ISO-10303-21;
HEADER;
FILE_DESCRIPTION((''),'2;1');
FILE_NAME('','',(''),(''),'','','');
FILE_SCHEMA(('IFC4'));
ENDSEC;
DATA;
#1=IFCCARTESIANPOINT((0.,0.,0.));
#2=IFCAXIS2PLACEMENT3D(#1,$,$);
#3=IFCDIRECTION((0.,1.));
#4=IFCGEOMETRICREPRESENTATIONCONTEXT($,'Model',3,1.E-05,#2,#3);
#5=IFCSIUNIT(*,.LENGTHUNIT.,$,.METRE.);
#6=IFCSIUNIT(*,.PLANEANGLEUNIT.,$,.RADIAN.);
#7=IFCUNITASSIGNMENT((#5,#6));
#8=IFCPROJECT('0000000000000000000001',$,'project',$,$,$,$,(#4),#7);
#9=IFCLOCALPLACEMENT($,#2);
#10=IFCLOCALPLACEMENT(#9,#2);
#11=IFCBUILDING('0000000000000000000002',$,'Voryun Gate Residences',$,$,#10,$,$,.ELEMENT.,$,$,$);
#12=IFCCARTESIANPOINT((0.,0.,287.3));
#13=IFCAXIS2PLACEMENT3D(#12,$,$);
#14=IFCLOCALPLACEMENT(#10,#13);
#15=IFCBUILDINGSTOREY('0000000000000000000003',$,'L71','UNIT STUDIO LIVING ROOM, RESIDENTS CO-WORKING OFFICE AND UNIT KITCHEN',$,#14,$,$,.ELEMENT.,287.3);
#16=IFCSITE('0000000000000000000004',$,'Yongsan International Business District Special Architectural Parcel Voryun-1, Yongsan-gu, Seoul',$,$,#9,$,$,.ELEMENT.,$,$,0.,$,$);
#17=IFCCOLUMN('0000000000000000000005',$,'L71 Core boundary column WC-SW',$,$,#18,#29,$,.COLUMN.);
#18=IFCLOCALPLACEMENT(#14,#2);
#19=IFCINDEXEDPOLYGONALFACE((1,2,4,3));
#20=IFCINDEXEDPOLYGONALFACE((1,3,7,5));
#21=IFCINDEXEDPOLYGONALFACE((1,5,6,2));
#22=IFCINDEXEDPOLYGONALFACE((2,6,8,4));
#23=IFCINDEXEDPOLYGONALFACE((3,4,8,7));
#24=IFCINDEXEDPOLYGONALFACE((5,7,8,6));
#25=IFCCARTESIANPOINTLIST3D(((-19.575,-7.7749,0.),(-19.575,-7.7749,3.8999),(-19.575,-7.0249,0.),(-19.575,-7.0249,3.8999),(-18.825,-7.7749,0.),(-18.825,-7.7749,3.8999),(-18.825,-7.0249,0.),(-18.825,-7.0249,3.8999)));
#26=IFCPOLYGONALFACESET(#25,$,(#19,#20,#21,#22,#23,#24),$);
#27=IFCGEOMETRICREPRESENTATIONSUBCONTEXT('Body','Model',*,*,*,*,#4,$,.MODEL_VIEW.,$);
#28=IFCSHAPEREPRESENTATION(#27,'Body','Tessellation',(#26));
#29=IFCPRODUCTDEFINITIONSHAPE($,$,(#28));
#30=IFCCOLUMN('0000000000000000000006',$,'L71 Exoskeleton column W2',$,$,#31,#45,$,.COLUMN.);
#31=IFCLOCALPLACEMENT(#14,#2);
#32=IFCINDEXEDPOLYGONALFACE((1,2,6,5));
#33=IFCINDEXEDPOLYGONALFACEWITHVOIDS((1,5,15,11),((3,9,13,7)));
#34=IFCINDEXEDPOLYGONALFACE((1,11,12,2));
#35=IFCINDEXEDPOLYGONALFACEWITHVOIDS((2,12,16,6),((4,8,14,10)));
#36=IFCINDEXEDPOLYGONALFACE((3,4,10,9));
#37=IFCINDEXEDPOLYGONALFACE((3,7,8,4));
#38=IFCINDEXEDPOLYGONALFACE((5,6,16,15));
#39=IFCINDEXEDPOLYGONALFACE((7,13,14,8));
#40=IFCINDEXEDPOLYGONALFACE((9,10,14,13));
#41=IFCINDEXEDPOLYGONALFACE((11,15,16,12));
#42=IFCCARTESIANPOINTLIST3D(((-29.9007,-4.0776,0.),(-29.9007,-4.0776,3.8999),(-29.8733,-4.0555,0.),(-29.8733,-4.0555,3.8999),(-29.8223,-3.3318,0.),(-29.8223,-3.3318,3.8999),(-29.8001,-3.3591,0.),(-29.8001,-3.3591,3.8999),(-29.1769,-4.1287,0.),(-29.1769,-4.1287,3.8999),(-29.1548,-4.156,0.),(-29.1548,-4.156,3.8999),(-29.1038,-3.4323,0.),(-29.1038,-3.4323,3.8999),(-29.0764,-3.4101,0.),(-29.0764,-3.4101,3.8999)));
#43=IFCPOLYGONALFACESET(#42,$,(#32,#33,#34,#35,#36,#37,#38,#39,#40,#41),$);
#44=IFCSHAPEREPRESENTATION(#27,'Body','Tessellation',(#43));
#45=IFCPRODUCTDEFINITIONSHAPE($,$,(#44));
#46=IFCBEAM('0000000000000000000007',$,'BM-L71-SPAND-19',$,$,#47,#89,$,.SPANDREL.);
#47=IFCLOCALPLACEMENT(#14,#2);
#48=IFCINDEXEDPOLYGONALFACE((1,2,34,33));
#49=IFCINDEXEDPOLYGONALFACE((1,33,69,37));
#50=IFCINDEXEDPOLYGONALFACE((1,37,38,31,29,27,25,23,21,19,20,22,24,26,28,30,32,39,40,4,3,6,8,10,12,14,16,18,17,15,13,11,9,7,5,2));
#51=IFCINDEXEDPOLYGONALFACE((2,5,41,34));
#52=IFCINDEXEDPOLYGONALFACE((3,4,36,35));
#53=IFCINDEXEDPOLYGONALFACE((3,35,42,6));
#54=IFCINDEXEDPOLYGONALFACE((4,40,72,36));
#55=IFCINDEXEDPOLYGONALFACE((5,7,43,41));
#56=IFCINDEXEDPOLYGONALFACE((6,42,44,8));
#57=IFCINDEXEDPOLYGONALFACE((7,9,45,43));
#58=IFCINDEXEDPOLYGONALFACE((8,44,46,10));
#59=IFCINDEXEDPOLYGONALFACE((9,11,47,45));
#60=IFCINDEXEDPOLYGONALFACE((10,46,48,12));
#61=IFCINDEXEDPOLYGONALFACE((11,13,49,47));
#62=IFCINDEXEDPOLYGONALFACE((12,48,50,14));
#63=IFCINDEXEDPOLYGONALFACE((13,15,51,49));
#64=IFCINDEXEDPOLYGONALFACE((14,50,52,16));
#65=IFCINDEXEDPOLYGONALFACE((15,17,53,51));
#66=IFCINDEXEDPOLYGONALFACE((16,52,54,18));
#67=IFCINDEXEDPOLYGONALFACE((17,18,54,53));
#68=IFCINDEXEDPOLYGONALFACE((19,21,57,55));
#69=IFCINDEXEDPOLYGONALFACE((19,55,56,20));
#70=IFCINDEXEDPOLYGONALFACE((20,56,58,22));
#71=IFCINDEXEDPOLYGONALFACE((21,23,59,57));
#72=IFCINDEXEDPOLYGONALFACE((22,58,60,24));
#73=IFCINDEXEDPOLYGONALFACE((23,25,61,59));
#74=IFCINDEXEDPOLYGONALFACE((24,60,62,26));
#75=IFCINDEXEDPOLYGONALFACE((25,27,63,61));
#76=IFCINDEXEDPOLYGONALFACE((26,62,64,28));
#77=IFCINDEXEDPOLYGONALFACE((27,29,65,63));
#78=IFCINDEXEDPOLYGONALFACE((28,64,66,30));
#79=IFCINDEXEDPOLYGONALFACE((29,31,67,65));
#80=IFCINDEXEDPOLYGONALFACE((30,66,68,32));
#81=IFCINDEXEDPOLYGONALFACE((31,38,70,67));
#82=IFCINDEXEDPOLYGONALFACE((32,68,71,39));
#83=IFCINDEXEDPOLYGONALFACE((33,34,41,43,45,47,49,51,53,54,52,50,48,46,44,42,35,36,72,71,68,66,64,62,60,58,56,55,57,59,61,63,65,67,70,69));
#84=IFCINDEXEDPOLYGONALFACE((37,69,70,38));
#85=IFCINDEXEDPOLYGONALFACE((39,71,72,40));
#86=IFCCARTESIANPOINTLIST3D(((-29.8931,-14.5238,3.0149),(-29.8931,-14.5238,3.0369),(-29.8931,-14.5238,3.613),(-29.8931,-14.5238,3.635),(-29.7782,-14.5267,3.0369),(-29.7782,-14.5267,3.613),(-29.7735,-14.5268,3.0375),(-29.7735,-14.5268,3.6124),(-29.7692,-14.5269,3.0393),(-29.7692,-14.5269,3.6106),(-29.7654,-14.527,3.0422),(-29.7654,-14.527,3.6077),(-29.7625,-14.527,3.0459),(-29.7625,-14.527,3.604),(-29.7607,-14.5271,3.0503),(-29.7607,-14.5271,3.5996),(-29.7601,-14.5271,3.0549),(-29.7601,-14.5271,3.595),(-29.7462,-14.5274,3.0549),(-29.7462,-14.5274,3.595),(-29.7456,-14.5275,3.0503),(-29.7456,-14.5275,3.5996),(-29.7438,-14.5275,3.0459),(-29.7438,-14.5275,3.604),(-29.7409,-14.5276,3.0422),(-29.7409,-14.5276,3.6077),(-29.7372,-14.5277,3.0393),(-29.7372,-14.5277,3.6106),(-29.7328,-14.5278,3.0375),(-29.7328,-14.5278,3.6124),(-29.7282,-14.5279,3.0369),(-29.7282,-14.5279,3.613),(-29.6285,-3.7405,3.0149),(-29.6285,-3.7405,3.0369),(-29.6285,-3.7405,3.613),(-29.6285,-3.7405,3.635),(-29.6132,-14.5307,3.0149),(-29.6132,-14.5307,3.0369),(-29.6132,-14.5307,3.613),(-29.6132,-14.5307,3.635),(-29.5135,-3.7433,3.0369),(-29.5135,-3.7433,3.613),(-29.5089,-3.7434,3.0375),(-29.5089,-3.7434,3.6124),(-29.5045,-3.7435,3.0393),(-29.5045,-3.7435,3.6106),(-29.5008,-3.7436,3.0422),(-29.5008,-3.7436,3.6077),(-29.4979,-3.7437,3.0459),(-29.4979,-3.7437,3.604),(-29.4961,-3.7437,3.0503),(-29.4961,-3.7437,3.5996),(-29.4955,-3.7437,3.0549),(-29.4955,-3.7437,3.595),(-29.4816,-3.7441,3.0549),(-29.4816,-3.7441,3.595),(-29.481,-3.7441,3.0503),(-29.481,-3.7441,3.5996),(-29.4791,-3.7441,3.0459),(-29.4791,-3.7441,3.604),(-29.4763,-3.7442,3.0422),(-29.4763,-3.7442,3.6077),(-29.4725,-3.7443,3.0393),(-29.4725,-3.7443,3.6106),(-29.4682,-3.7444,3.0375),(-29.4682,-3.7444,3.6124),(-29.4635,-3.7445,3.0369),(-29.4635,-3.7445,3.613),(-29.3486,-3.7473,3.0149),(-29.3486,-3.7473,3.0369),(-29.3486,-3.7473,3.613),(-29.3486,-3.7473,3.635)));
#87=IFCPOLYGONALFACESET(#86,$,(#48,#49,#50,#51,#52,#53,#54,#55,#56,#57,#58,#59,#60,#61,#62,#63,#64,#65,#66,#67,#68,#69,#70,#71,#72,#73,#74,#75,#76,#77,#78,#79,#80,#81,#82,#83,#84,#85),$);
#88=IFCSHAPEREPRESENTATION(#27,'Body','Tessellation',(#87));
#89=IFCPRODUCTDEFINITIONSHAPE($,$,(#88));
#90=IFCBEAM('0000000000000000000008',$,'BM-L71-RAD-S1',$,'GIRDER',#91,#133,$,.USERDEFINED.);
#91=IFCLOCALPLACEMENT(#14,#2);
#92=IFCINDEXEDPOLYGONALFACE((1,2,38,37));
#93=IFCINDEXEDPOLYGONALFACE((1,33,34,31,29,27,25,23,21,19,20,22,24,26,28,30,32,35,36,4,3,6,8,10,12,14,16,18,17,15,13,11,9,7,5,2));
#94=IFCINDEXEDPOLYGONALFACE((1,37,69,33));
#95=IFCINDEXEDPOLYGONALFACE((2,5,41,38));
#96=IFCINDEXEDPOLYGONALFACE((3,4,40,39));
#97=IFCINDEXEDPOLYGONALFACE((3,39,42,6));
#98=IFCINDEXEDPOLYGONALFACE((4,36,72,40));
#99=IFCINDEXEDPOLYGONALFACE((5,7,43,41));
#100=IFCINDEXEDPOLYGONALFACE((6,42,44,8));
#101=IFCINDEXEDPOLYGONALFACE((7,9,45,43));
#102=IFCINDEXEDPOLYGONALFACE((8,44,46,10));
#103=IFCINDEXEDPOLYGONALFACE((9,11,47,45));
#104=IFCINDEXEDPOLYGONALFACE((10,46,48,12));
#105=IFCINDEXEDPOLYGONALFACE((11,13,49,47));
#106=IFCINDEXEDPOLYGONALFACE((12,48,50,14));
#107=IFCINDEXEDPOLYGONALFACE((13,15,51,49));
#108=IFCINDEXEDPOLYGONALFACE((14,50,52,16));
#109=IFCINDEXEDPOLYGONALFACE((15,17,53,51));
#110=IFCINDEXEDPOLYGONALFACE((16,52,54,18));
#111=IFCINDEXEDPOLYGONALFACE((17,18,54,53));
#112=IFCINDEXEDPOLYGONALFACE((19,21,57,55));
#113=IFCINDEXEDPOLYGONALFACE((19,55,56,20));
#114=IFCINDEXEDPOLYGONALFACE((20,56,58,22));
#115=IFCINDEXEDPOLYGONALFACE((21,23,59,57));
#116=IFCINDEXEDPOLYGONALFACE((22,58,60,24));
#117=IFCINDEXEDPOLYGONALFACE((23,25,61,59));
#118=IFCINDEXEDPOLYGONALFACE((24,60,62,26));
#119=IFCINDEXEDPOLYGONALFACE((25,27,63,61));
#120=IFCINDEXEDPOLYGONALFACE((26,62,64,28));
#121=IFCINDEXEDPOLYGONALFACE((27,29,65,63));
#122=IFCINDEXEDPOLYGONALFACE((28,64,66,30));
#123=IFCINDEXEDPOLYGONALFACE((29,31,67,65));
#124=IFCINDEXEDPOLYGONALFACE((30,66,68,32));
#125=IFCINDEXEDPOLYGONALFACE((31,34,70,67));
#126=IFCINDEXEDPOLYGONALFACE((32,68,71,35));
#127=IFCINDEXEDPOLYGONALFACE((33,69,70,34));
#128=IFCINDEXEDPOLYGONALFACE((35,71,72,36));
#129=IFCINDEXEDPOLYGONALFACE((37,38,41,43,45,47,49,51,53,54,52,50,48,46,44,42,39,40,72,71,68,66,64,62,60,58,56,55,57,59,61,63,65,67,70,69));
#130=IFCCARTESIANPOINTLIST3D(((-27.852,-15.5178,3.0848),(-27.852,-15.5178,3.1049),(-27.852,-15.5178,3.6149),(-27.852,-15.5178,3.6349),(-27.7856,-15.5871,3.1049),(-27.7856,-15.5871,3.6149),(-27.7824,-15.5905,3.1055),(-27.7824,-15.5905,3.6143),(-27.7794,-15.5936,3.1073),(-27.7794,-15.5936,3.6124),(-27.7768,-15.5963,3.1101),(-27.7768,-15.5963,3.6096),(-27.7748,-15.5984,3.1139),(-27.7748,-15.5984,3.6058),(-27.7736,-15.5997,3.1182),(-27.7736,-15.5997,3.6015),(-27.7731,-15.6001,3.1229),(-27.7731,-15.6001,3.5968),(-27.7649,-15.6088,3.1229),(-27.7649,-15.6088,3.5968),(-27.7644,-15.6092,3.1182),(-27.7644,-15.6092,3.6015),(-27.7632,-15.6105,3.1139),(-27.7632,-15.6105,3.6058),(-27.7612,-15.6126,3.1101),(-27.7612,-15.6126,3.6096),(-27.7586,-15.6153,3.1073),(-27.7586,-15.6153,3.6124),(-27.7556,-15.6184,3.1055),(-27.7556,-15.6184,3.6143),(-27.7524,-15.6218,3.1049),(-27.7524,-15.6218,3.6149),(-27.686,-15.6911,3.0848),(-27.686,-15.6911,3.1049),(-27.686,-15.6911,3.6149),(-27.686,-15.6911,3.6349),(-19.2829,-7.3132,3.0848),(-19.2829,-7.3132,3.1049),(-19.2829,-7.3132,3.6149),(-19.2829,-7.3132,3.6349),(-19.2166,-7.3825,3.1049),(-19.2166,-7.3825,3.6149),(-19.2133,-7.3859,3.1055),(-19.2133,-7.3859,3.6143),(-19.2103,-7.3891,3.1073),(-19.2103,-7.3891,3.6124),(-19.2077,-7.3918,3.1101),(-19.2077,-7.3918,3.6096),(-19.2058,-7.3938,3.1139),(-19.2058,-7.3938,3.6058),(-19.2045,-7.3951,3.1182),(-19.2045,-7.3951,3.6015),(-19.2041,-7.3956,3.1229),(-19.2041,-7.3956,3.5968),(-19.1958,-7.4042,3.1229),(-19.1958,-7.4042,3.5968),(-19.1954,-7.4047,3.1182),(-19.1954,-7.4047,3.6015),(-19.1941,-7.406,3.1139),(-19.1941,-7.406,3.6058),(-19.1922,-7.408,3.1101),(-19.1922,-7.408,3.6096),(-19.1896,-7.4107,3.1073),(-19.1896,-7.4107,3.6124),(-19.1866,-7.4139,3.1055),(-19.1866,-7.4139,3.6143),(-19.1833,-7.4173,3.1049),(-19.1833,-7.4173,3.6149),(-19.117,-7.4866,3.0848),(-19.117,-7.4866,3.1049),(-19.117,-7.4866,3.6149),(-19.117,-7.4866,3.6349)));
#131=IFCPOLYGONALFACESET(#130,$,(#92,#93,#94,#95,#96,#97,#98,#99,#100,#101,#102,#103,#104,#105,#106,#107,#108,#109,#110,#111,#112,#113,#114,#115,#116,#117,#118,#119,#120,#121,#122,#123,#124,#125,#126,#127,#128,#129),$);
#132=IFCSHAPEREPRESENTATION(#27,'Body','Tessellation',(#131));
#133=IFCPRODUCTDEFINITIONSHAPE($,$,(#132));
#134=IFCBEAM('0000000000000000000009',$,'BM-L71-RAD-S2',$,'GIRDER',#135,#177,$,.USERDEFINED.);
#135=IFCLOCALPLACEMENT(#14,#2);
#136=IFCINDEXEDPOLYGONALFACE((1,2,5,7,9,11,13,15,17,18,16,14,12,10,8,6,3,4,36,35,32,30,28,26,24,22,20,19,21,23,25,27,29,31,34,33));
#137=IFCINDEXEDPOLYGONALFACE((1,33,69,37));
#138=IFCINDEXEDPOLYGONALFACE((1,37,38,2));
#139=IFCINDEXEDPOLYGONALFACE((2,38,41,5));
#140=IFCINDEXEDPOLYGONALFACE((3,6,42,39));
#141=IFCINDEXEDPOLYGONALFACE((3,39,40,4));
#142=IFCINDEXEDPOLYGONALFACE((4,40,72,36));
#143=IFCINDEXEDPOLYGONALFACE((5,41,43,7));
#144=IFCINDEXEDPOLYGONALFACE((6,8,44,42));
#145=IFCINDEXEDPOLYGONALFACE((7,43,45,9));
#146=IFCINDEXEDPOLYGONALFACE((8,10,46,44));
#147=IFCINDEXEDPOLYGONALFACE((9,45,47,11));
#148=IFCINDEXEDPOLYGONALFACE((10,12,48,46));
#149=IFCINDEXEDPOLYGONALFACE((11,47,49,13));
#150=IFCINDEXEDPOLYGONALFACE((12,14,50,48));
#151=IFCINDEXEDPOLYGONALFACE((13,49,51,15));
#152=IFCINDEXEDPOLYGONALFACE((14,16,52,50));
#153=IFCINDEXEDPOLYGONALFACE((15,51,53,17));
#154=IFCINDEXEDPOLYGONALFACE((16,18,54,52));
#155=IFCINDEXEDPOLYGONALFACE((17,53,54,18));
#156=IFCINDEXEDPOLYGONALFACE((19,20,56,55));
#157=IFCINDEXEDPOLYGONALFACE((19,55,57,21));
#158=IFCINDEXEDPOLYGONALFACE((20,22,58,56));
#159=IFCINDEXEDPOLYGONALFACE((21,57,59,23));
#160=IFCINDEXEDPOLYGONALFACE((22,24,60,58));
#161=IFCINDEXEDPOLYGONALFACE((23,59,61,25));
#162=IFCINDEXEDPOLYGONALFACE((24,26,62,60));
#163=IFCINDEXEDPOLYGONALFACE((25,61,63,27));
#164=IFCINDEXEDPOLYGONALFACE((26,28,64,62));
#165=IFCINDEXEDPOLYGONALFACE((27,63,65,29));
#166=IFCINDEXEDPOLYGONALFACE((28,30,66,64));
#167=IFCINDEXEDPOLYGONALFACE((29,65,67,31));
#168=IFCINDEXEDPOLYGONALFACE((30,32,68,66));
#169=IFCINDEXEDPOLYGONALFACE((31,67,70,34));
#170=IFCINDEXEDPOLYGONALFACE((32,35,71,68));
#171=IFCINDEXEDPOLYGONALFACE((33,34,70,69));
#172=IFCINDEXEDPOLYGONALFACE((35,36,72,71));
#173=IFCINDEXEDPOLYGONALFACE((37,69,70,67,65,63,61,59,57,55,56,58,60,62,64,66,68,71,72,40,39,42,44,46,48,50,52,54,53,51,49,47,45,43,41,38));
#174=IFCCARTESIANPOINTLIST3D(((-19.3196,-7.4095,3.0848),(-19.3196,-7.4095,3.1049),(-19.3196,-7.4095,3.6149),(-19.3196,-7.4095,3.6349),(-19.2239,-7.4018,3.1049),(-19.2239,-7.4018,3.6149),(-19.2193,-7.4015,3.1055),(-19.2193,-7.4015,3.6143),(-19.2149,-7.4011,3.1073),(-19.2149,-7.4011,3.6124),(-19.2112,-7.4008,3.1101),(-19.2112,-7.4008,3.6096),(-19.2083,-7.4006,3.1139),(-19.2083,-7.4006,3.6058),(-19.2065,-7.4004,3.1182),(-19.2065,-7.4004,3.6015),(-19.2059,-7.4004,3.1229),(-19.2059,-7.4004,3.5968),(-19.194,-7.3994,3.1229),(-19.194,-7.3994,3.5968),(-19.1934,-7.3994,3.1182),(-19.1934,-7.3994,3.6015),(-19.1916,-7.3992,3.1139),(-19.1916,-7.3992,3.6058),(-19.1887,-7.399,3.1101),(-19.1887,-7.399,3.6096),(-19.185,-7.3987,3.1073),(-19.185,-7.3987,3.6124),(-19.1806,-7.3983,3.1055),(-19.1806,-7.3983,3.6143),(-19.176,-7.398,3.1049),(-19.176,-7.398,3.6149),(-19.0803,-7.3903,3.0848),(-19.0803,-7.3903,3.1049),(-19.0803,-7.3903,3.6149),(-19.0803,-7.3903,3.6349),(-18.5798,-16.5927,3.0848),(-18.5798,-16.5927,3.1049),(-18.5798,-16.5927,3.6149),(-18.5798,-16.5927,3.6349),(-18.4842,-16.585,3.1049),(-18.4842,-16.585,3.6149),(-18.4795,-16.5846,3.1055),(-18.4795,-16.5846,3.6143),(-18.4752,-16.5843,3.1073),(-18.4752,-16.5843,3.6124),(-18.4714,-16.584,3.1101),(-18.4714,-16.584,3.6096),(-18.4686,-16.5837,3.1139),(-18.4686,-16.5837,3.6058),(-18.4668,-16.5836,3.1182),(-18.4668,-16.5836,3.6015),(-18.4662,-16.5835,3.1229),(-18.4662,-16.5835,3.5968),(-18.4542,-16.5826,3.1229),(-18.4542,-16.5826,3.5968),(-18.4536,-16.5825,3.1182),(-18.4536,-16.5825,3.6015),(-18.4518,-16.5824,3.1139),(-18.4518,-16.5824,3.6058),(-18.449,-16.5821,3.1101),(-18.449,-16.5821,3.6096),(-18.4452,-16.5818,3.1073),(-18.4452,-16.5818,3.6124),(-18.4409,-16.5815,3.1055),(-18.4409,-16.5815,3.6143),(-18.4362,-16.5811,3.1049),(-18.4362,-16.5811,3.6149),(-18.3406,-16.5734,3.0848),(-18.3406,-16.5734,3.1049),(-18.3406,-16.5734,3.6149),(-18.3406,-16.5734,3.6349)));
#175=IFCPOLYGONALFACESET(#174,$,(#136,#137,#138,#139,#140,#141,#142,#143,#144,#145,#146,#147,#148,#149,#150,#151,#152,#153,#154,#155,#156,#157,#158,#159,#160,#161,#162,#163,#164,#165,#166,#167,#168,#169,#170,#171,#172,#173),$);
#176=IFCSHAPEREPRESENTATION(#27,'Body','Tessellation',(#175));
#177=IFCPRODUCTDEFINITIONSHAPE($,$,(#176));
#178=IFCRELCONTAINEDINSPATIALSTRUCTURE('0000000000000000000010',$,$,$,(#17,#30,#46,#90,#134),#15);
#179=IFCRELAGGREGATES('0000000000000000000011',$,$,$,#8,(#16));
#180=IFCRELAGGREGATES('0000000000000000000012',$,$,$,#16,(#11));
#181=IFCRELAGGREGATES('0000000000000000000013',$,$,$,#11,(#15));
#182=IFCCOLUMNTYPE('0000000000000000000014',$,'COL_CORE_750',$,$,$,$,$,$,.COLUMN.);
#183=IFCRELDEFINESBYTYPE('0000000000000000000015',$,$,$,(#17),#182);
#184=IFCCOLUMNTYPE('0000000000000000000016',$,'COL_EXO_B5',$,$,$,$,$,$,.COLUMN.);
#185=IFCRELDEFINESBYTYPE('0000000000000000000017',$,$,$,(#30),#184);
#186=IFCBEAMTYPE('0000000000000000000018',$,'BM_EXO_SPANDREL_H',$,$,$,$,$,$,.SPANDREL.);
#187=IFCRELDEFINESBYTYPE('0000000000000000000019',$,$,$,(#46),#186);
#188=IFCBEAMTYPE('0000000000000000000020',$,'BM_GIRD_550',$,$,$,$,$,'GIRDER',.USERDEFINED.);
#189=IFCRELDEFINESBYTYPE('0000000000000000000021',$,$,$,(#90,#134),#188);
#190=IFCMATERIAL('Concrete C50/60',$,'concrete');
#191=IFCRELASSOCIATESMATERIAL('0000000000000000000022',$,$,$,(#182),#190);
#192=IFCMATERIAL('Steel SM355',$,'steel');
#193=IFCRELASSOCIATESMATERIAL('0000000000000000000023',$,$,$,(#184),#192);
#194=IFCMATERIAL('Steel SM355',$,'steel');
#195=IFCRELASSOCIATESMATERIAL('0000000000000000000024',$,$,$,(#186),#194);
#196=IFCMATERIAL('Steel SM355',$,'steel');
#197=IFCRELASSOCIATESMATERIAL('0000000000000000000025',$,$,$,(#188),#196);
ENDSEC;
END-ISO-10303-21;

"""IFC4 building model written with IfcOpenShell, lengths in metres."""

from ifc_helpers import new_model, si_unit, direction, frame, origin, origin_2d, place, context, subcontext, project, spatial, rectangle, hollow_rectangle, i_section, extrude, material, material_profile, profile_set, type_object, element, save


model = new_model("IFC4")

# Units and contexts
model_context = context("Model", 3, precision=1e-05, world=origin(), true_north=direction((0.0, 1.0)))
body_context = subcontext(model_context, "Body", "Model", "MODEL_VIEW")
ifc_project = project(units=[si_unit("LENGTHUNIT", "METRE"), si_unit("PLANEANGLEUNIT", "RADIAN")], contexts=[model_context])

# Site, building, storey
site_placement = place(None, origin())
site = spatial("IfcSite", under=ifc_project, at=site_placement, Name="Yongsan International Business District Special Architectural Parcel Voryun-1, Yongsan-gu, Seoul", CompositionType="ELEMENT", RefElevation=0.0)
building_placement = place(site_placement, origin())
building = spatial("IfcBuilding", under=site, at=building_placement, Name="Voryun Gate Residences", CompositionType="ELEMENT")
storey_placement = place(building_placement, frame((0.0, 0.0, 287.3)))
storey = spatial("IfcBuildingStorey", under=building, at=storey_placement, Name="L71", Description="UNIT STUDIO LIVING ROOM, RESIDENTS CO-WORKING OFFICE AND UNIT KITCHEN", CompositionType="ELEMENT", Elevation=287.3)

# Columns
ifc_material_1 = material(Name="Concrete C50/60", Category="concrete")
ifc_material_profile_1 = material_profile(ifc_material_1, rectangle(XDim=0.75, YDim=0.75, at=origin_2d()), Name="RC-750x750")
ifc_profile_set_1 = profile_set([ifc_material_profile_1], Name="Concrete C50/60")
column_type_1 = type_object("IfcColumnType", Name="COL_CORE_750", PredefinedType="COLUMN", material=ifc_profile_set_1)
column_1_placement = place(storey_placement, frame((-19.2, -7.3999, 0.0), z_axis=(0.0, 0.0, 1.0), x_axis=(1.0, 0.0, 0.0)))
element("IfcColumn", 1, at=column_1_placement, inside=storey, type_object=column_type_1, Name="L71 Core boundary column WC-SW", PredefinedType="COLUMN", context=body_context, shape_type="SweptSolid", body=[
    extrude(rectangle(XDim=0.75, YDim=0.75, at=origin_2d()), origin(), (0.0, 0.0, 1.0), 3.8999),
])
ifc_material_2 = material(Name="Steel SM355", Category="steel")
ifc_material_profile_2 = material_profile(ifc_material_2, hollow_rectangle(XDim=0.75, YDim=0.75, WallThickness=0.0249, at=origin_2d()), Name="BOX-750x750x25")
ifc_profile_set_2 = profile_set([ifc_material_profile_2], Name="Steel SM355")
column_type_2 = type_object("IfcColumnType", Name="COL_EXO_B5", PredefinedType="COLUMN", material=ifc_profile_set_2)
column_2_placement = place(storey_placement, frame((-29.4885, -3.7439, 0.0), z_axis=(0.0, 0.0, 1.0), x_axis=(0.994522, -0.104528, 0.0)))
element("IfcColumn", 2, at=column_2_placement, inside=storey, type_object=column_type_2, Name="L71 Exoskeleton column W2", PredefinedType="COLUMN", context=body_context, shape_type="SweptSolid", body=[
    extrude(hollow_rectangle(XDim=0.75, YDim=0.75, WallThickness=0.0249, at=origin_2d()), origin(), (0.0, 0.0, 1.0), 3.8999),
])

# Beams
ifc_material_3 = material(Name="Steel SM355", Category="steel")
ifc_material_profile_3 = material_profile(ifc_material_3, i_section(OverallWidth=0.28, OverallDepth=0.6201, WebThickness=0.0139, FlangeThickness=0.022, FilletRadius=0.0181, at=origin_2d()), Name="H-620x280x14x22")
ifc_profile_set_3 = profile_set([ifc_material_profile_3], Name="Steel SM355")
beam_type_1 = type_object("IfcBeamType", Name="BM_EXO_SPANDREL_H", PredefinedType="SPANDREL", material=ifc_profile_set_3)
beam_1_placement = place(storey_placement, frame((-29.4885, -3.7439, 3.325), z_axis=(-0.024535, -0.999699, 0.0), x_axis=(0.999699, -0.024535, 0.0)))
element("IfcBeam", 3, at=beam_1_placement, inside=storey, type_object=beam_type_1, Name="BM-L71-SPAND-19", PredefinedType="SPANDREL", context=body_context, shape_type="SweptSolid", body=[
    extrude(i_section(OverallWidth=0.28, OverallDepth=0.6201, WebThickness=0.0139, FlangeThickness=0.022, FilletRadius=0.0181, at=origin_2d()), origin(), (0.0, 0.0, 1.0), 10.7866),
])
ifc_material_4 = material(Name="Steel SM355", Category="steel")
ifc_material_profile_4 = material_profile(ifc_material_4, i_section(OverallWidth=0.24, OverallDepth=0.55, WebThickness=0.012, FlangeThickness=0.02, FilletRadius=0.0181, at=origin_2d()), Name="H-550x240x12x20")
ifc_profile_set_4 = profile_set([ifc_material_profile_4], Name="Steel SM355")
beam_type_2 = type_object("IfcBeamType", Name="BM_GIRD_550", ElementType="GIRDER", PredefinedType="USERDEFINED", material=ifc_profile_set_4)
beam_2_placement = place(storey_placement, frame((-19.2, -7.3999, 3.3599), z_axis=(-0.722302, -0.691578, 0.0), x_axis=(0.691578, -0.722302, 0.0)))
element("IfcBeam", 4, at=beam_2_placement, inside=storey, type_object=beam_type_2, Name="BM-L71-RAD-S1", ObjectType="GIRDER", PredefinedType="USERDEFINED", context=body_context, shape_type="SweptSolid", body=[
    extrude(i_section(OverallWidth=0.24, OverallDepth=0.55, WebThickness=0.012, FlangeThickness=0.02, FilletRadius=0.0181, at=origin_2d()), origin(), (0.0, 0.0, 1.0), 11.8635),
])
beam_3_placement = place(storey_placement, frame((-19.2, -7.3999, 3.3599), z_axis=(0.080295, -0.996771, 0.0), x_axis=(0.996771, 0.080295, 0.0)))
element("IfcBeam", 5, at=beam_3_placement, inside=storey, type_object=beam_type_2, Name="BM-L71-RAD-S2", ObjectType="GIRDER", PredefinedType="USERDEFINED", context=body_context, shape_type="SweptSolid", body=[
    extrude(i_section(OverallWidth=0.24, OverallDepth=0.55, WebThickness=0.012, FlangeThickness=0.02, FilletRadius=0.0181, at=origin_2d()), origin(), (0.0, 0.0, 1.0), 9.2129),
])

save(model, "model.ifc")
